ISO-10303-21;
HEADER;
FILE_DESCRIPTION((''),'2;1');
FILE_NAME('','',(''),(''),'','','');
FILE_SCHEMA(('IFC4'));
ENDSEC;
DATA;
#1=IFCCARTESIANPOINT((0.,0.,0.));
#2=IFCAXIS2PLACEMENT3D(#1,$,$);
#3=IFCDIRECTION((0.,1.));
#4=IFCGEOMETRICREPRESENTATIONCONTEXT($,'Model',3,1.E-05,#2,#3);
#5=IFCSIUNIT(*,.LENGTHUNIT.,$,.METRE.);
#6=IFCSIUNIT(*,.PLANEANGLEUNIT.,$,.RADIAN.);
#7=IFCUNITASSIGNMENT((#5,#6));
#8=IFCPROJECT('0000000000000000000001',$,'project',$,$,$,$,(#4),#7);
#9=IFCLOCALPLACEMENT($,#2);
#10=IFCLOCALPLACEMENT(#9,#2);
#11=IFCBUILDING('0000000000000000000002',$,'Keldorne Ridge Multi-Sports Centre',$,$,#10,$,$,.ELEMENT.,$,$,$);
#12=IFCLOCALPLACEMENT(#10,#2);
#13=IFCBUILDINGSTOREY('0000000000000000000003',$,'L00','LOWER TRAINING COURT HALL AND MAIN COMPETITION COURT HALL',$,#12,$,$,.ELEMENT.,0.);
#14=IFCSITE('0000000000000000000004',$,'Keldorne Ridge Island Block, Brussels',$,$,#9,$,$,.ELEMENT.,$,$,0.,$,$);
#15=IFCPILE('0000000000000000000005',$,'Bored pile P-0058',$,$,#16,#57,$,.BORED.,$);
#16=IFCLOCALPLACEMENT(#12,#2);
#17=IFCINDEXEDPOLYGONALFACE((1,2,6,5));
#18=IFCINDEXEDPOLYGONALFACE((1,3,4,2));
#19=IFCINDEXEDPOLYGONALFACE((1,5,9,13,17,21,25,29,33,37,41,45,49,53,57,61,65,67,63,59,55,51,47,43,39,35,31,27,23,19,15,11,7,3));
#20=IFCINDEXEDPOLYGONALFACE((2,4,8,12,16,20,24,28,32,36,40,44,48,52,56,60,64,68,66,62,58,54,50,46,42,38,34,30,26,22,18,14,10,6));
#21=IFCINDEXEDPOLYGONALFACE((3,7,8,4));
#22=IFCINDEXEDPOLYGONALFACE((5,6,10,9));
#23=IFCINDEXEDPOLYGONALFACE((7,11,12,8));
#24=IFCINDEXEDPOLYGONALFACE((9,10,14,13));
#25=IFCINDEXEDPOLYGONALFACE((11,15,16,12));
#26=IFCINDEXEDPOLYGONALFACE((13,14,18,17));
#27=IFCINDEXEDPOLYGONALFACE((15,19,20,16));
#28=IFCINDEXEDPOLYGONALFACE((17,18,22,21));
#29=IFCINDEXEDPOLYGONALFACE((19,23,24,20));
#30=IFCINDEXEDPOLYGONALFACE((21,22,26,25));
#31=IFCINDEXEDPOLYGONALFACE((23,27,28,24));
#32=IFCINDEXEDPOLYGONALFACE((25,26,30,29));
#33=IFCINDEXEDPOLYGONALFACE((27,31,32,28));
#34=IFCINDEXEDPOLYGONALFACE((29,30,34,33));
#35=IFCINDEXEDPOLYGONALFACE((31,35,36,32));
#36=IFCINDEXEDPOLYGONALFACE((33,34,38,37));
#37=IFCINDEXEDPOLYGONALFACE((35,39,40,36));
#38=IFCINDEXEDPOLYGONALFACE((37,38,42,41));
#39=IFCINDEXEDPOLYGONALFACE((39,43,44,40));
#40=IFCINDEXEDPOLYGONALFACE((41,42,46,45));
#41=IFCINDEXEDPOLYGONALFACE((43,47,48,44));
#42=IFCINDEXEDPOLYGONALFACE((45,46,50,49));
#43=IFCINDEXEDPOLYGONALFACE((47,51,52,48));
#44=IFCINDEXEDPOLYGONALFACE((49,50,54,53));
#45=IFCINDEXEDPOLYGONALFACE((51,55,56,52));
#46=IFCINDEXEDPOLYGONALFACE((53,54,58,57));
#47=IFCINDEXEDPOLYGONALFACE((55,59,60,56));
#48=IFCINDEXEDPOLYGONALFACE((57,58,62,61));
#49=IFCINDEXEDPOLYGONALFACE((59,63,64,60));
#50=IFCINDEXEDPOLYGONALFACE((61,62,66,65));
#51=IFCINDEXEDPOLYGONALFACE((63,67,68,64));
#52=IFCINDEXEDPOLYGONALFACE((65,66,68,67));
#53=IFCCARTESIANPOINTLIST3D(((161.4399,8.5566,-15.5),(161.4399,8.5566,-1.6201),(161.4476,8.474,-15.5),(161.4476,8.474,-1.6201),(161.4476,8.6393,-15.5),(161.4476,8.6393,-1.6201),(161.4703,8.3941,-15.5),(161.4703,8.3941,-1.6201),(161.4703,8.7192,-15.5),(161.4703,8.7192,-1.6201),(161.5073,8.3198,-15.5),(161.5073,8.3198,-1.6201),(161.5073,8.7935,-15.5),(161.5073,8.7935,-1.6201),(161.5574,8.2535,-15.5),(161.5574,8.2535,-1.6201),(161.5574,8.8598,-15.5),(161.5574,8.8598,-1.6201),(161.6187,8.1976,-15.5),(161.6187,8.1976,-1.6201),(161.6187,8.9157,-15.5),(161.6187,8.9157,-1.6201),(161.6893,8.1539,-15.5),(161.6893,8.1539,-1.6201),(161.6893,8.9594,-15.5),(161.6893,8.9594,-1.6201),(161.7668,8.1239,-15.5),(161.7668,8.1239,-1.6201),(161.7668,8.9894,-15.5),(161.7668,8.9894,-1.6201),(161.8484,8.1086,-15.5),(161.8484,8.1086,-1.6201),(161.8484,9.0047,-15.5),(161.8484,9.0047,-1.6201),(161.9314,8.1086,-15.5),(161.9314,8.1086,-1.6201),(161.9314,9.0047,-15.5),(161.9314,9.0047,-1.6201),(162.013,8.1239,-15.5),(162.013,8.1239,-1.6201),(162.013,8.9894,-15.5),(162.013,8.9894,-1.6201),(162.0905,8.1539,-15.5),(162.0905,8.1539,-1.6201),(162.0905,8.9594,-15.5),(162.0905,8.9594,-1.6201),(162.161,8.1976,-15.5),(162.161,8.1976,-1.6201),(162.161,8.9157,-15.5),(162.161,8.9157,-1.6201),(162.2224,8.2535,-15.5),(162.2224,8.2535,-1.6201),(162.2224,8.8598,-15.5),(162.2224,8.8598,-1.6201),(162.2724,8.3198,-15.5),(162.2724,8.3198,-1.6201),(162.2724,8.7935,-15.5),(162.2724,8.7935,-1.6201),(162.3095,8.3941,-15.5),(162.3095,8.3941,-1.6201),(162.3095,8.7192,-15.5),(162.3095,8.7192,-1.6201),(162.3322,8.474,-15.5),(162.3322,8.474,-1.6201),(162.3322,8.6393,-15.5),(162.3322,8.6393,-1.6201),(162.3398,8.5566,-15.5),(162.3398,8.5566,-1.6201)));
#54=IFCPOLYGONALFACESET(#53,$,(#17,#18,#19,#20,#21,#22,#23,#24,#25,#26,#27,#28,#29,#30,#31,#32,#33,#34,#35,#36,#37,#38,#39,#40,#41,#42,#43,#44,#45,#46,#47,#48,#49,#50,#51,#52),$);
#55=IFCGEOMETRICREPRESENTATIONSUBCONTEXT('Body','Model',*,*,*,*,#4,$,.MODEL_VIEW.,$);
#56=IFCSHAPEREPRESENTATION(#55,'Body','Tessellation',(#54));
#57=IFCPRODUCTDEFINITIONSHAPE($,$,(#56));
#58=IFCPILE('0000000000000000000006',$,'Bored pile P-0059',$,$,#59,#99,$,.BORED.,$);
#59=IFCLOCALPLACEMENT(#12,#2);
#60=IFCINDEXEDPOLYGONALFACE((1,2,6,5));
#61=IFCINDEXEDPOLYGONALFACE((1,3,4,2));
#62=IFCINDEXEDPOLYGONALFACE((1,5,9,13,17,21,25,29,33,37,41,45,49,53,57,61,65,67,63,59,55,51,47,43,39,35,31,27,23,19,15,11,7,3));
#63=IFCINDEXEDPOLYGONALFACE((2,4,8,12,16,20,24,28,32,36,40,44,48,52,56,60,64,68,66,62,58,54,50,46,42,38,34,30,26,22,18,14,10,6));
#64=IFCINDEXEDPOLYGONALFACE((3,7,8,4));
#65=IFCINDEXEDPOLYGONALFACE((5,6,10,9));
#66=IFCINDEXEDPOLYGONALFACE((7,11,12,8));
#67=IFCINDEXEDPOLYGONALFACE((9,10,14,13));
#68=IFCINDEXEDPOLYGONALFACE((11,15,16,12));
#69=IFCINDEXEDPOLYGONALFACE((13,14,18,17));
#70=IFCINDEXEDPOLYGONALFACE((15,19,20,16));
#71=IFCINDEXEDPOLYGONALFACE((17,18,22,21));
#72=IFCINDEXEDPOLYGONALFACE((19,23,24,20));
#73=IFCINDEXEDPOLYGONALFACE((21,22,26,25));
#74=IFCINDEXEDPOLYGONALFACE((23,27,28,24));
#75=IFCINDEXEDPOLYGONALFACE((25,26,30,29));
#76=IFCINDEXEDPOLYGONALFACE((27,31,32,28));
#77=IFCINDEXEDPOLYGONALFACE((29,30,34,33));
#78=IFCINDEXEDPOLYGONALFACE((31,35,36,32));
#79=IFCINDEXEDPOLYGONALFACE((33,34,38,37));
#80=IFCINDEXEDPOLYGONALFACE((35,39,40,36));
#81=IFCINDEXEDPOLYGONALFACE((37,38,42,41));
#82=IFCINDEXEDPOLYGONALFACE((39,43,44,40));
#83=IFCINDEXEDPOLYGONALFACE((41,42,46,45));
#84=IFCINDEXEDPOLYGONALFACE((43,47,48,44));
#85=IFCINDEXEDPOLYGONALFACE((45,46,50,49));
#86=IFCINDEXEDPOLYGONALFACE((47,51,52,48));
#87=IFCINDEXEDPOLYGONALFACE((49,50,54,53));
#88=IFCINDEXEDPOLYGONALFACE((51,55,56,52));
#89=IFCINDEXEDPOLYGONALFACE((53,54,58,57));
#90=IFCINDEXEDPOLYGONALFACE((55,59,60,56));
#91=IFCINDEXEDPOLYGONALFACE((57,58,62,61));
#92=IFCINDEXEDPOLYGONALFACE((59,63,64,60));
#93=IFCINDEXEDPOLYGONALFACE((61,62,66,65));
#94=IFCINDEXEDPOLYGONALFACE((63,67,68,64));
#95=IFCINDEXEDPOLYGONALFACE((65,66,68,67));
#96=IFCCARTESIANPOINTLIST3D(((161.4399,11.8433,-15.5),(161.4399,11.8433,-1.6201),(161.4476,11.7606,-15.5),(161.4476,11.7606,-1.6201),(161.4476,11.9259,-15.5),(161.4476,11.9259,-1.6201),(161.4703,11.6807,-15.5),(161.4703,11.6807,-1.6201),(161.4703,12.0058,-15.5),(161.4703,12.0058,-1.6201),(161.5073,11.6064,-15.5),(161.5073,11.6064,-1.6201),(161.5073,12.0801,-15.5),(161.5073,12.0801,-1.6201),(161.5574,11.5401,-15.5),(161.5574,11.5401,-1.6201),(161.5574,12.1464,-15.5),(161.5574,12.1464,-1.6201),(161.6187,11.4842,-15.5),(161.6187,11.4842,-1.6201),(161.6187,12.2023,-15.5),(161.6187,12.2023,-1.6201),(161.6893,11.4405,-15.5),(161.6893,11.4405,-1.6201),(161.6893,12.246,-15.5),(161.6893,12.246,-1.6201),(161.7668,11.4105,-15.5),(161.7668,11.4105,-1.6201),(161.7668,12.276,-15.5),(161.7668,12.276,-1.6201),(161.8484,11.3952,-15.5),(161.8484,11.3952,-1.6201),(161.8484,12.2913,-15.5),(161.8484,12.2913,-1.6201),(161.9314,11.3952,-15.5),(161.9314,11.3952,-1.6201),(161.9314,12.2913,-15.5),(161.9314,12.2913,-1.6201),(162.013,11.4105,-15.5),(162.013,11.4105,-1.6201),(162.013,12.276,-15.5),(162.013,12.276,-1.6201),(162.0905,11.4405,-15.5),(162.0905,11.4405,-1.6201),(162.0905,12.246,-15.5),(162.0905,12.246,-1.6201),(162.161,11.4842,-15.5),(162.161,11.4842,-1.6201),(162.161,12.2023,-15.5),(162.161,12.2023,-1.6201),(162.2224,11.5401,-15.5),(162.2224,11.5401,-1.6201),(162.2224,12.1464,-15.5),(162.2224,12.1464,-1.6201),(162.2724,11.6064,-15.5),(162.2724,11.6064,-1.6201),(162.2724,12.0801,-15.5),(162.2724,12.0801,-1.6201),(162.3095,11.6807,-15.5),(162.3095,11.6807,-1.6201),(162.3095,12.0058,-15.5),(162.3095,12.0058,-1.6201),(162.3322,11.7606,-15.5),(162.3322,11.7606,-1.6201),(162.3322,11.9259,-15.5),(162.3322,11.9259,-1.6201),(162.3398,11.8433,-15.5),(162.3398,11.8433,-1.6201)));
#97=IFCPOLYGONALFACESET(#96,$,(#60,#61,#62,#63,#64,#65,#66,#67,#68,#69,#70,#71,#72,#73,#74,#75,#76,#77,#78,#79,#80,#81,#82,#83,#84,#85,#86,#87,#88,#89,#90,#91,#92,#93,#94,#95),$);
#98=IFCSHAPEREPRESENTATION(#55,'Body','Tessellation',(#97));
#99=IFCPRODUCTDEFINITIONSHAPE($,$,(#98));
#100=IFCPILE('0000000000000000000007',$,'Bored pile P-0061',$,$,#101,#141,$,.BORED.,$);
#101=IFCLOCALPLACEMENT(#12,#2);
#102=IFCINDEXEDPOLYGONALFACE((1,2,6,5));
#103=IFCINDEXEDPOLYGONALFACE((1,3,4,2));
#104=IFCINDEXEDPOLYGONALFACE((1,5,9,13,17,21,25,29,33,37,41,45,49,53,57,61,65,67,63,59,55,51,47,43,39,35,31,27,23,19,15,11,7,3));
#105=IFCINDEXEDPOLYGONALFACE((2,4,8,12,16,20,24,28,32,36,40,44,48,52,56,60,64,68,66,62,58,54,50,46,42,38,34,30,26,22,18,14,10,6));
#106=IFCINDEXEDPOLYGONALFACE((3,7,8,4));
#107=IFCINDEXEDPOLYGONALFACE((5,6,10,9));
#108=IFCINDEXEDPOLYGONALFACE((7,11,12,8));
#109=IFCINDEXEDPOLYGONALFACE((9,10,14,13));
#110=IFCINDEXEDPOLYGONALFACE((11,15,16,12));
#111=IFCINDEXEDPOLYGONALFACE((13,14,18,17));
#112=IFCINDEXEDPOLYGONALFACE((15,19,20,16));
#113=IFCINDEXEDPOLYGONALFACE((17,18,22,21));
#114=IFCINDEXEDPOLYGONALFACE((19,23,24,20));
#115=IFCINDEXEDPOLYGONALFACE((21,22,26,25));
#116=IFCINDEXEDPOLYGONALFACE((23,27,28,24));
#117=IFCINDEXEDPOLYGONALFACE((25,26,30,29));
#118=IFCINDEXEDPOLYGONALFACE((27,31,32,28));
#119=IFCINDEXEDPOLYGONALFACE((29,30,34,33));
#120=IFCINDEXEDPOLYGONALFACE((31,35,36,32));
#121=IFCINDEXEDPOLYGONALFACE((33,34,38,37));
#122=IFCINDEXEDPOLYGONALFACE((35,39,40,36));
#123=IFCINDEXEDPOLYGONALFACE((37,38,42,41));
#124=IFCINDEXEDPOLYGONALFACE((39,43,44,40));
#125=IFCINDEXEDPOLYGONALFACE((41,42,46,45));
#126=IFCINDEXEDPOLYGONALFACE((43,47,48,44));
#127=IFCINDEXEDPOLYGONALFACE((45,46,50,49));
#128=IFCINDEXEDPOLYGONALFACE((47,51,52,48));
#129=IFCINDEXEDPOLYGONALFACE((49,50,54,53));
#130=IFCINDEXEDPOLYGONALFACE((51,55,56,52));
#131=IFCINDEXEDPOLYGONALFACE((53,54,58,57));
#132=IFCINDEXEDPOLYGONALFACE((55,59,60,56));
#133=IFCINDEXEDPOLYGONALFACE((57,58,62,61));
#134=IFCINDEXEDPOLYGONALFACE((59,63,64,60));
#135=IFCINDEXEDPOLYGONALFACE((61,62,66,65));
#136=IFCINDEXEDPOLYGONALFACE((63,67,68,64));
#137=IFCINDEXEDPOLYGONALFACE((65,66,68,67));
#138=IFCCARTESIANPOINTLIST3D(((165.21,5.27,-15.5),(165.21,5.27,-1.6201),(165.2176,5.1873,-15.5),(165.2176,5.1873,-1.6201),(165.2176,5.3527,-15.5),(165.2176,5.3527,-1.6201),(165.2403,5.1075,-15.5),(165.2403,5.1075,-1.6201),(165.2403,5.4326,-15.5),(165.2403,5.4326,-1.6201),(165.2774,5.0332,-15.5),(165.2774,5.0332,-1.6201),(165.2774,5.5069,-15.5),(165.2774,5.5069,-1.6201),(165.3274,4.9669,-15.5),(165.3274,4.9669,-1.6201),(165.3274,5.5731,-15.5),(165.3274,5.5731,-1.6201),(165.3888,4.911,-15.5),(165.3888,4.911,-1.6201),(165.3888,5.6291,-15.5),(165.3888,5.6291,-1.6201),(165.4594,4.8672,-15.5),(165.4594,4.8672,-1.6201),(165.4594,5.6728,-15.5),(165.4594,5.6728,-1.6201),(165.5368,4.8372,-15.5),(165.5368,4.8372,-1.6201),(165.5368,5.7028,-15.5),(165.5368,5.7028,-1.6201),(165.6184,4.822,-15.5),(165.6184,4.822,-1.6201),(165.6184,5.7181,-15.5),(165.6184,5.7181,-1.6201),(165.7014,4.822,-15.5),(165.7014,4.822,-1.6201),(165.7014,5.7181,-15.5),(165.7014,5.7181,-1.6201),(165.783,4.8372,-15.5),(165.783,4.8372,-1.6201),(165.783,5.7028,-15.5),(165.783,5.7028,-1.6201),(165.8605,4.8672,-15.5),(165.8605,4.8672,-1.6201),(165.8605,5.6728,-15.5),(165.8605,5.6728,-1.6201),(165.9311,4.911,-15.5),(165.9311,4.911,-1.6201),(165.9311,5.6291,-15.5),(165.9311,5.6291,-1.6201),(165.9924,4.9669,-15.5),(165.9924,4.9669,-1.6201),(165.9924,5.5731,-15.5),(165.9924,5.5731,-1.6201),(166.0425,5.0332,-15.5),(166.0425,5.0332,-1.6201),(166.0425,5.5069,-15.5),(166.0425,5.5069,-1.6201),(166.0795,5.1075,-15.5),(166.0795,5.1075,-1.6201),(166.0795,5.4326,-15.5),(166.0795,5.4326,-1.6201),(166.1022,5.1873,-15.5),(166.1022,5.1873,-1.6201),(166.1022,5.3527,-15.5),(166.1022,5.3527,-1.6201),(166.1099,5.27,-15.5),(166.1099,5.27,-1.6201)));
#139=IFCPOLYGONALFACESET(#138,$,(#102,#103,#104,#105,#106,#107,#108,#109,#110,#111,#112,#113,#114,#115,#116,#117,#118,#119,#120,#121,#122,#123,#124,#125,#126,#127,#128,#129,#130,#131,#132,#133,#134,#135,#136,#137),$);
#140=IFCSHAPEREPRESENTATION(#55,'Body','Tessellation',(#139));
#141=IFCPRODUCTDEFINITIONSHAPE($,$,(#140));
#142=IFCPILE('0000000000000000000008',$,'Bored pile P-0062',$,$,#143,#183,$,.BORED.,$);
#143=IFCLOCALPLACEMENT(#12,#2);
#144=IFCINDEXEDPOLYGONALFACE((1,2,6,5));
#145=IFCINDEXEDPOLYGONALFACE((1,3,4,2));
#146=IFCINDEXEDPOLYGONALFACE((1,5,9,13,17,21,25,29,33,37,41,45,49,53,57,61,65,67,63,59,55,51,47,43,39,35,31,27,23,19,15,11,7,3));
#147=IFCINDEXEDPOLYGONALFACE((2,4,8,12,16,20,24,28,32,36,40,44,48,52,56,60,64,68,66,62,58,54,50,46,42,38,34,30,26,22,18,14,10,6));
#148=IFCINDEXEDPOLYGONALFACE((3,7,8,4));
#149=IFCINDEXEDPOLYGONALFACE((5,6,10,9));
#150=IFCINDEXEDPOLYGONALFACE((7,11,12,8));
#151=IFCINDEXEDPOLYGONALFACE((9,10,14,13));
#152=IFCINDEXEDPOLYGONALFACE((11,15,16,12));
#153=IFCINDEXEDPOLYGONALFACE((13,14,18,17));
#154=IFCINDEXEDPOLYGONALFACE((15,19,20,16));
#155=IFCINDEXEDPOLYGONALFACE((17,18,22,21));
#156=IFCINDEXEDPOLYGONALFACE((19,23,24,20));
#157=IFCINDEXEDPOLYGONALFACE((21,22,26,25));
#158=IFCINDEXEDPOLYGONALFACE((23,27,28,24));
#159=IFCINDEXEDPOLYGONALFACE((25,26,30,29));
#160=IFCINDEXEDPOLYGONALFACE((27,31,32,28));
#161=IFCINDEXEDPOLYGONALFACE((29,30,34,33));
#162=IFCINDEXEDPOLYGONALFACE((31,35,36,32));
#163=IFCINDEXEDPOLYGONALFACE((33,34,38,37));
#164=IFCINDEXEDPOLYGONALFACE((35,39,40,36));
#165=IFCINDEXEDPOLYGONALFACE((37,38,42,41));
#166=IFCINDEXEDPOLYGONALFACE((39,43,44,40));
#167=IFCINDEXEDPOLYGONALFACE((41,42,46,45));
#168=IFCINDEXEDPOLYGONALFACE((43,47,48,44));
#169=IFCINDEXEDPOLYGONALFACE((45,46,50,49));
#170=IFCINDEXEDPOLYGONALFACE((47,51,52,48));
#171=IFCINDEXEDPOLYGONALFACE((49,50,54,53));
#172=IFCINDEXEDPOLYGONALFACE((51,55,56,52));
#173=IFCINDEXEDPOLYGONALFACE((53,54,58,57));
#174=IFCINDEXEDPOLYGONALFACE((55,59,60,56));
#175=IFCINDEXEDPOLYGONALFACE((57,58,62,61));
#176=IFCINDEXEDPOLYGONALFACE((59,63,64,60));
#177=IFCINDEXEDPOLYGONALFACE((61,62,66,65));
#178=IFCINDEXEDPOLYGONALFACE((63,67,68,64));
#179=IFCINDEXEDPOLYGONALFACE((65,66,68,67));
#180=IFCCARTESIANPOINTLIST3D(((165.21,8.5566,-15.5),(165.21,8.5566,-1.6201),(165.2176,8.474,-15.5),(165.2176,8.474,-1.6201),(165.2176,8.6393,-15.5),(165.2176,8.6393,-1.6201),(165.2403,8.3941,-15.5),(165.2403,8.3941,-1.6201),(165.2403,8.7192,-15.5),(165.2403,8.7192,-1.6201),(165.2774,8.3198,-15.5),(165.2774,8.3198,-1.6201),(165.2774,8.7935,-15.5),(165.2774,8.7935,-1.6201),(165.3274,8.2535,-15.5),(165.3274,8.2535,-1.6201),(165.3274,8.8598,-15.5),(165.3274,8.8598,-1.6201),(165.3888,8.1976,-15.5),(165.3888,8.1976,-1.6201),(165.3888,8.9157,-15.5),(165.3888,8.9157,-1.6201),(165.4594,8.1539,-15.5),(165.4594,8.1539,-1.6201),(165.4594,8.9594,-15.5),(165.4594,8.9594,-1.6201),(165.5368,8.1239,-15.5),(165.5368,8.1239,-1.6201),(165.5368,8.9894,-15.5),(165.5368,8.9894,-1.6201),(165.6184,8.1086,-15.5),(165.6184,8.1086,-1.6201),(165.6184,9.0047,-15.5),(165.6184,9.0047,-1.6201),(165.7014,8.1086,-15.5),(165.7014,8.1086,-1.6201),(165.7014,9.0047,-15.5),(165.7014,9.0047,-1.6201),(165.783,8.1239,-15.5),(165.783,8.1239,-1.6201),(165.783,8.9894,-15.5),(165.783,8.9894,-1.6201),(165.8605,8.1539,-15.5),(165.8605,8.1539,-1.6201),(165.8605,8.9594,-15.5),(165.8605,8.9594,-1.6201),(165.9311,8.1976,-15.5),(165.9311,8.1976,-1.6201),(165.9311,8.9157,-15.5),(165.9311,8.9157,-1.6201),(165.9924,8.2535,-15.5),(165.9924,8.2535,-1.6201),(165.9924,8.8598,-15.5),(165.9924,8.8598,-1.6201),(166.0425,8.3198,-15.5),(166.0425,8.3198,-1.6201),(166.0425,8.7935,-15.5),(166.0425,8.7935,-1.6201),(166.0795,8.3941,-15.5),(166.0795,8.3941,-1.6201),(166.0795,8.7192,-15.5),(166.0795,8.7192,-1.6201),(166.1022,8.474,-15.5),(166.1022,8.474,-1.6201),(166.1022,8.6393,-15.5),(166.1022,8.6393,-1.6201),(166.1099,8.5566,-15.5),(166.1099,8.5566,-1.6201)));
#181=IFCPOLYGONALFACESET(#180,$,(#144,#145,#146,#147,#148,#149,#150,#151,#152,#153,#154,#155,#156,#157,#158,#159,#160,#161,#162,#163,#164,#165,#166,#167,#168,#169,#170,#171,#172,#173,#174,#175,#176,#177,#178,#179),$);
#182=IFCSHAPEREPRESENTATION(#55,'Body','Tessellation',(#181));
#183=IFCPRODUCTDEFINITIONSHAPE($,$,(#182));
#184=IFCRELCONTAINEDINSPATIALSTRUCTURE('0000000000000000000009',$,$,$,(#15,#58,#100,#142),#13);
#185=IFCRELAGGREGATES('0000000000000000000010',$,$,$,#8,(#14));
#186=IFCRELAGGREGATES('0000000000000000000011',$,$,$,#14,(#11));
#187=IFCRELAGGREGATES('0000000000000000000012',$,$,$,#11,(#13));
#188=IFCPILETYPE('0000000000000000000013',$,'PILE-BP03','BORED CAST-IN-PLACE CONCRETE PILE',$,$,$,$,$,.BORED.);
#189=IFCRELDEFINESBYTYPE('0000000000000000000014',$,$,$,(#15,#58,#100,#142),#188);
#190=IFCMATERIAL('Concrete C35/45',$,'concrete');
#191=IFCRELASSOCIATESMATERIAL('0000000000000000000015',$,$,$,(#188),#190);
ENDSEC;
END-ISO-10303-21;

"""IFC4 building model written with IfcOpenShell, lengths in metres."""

from ifc_helpers import new_model, si_unit, direction, frame, origin, origin_2d, place, context, subcontext, project, spatial, circle, extrude, material, material_profile, profile_set, type_object, element, save


model = new_model("IFC4")

# Units and contexts
model_context = context("Model", 3, precision=1e-05, world=origin(), true_north=direction((0.0, 1.0)))
body_context = subcontext(model_context, "Body", "Model", "MODEL_VIEW")
ifc_project = project(units=[si_unit("LENGTHUNIT", "METRE"), si_unit("PLANEANGLEUNIT", "RADIAN")], contexts=[model_context])

# Site, building, storey
site_placement = place(None, origin())
site = spatial("IfcSite", under=ifc_project, at=site_placement, Name="Keldorne Ridge Island Block, Brussels", CompositionType="ELEMENT", RefElevation=0.0)
building_placement = place(site_placement, origin())
building = spatial("IfcBuilding", under=site, at=building_placement, Name="Keldorne Ridge Multi-Sports Centre", CompositionType="ELEMENT")
storey_placement = place(building_placement, origin())
storey = spatial("IfcBuildingStorey", under=building, at=storey_placement, Name="L00", Description="LOWER TRAINING COURT HALL AND MAIN COMPETITION COURT HALL", CompositionType="ELEMENT", Elevation=0.0)

# Shared definitions
ifc_material_1 = material(Name="Concrete C35/45", Category="concrete")

# Piles
ifc_material_profile_1 = material_profile(ifc_material_1, circle(Radius=0.45, at=origin_2d()), Name="BORED PILE D900")
ifc_profile_set_1 = profile_set([ifc_material_profile_1], Name="Concrete C35/45")
pile_type = type_object("IfcPileType", Name="PILE-BP03", Description="BORED CAST-IN-PLACE CONCRETE PILE", PredefinedType="BORED", material=ifc_profile_set_1)
for number, where, z_axis, x_axis, name in (
    (1, (161.8899, 8.5566, -1.6201), (0.0, 0.0, -1.0), (1.0, 0.0, 0.0), "Bored pile P-0058"),
    (2, (161.8899, 11.8433, -1.6201), (0.0, 0.0, -1.0), (1.0, 0.0, 0.0), "Bored pile P-0059"),
    (3, (165.6599, 5.27, -1.6201), (0.0, 0.0, -1.0), (1.0, 0.0, 0.0), "Bored pile P-0061"),
    (4, (165.6599, 8.5566, -1.6201), (0.0, 0.0, -1.0), (1.0, 0.0, 0.0), "Bored pile P-0062"),
):
    element("IfcPile", number, at=place(storey_placement, frame(where, z_axis=z_axis, x_axis=x_axis)), inside=storey, type_object=pile_type, Name=name, PredefinedType="BORED", context=body_context, shape_type="SweptSolid", body=[
        extrude(circle(Radius=0.45, at=origin_2d()), origin(), (0.0, 0.0, 1.0), 13.8799),
    ])

save(model, "model.ifc")
